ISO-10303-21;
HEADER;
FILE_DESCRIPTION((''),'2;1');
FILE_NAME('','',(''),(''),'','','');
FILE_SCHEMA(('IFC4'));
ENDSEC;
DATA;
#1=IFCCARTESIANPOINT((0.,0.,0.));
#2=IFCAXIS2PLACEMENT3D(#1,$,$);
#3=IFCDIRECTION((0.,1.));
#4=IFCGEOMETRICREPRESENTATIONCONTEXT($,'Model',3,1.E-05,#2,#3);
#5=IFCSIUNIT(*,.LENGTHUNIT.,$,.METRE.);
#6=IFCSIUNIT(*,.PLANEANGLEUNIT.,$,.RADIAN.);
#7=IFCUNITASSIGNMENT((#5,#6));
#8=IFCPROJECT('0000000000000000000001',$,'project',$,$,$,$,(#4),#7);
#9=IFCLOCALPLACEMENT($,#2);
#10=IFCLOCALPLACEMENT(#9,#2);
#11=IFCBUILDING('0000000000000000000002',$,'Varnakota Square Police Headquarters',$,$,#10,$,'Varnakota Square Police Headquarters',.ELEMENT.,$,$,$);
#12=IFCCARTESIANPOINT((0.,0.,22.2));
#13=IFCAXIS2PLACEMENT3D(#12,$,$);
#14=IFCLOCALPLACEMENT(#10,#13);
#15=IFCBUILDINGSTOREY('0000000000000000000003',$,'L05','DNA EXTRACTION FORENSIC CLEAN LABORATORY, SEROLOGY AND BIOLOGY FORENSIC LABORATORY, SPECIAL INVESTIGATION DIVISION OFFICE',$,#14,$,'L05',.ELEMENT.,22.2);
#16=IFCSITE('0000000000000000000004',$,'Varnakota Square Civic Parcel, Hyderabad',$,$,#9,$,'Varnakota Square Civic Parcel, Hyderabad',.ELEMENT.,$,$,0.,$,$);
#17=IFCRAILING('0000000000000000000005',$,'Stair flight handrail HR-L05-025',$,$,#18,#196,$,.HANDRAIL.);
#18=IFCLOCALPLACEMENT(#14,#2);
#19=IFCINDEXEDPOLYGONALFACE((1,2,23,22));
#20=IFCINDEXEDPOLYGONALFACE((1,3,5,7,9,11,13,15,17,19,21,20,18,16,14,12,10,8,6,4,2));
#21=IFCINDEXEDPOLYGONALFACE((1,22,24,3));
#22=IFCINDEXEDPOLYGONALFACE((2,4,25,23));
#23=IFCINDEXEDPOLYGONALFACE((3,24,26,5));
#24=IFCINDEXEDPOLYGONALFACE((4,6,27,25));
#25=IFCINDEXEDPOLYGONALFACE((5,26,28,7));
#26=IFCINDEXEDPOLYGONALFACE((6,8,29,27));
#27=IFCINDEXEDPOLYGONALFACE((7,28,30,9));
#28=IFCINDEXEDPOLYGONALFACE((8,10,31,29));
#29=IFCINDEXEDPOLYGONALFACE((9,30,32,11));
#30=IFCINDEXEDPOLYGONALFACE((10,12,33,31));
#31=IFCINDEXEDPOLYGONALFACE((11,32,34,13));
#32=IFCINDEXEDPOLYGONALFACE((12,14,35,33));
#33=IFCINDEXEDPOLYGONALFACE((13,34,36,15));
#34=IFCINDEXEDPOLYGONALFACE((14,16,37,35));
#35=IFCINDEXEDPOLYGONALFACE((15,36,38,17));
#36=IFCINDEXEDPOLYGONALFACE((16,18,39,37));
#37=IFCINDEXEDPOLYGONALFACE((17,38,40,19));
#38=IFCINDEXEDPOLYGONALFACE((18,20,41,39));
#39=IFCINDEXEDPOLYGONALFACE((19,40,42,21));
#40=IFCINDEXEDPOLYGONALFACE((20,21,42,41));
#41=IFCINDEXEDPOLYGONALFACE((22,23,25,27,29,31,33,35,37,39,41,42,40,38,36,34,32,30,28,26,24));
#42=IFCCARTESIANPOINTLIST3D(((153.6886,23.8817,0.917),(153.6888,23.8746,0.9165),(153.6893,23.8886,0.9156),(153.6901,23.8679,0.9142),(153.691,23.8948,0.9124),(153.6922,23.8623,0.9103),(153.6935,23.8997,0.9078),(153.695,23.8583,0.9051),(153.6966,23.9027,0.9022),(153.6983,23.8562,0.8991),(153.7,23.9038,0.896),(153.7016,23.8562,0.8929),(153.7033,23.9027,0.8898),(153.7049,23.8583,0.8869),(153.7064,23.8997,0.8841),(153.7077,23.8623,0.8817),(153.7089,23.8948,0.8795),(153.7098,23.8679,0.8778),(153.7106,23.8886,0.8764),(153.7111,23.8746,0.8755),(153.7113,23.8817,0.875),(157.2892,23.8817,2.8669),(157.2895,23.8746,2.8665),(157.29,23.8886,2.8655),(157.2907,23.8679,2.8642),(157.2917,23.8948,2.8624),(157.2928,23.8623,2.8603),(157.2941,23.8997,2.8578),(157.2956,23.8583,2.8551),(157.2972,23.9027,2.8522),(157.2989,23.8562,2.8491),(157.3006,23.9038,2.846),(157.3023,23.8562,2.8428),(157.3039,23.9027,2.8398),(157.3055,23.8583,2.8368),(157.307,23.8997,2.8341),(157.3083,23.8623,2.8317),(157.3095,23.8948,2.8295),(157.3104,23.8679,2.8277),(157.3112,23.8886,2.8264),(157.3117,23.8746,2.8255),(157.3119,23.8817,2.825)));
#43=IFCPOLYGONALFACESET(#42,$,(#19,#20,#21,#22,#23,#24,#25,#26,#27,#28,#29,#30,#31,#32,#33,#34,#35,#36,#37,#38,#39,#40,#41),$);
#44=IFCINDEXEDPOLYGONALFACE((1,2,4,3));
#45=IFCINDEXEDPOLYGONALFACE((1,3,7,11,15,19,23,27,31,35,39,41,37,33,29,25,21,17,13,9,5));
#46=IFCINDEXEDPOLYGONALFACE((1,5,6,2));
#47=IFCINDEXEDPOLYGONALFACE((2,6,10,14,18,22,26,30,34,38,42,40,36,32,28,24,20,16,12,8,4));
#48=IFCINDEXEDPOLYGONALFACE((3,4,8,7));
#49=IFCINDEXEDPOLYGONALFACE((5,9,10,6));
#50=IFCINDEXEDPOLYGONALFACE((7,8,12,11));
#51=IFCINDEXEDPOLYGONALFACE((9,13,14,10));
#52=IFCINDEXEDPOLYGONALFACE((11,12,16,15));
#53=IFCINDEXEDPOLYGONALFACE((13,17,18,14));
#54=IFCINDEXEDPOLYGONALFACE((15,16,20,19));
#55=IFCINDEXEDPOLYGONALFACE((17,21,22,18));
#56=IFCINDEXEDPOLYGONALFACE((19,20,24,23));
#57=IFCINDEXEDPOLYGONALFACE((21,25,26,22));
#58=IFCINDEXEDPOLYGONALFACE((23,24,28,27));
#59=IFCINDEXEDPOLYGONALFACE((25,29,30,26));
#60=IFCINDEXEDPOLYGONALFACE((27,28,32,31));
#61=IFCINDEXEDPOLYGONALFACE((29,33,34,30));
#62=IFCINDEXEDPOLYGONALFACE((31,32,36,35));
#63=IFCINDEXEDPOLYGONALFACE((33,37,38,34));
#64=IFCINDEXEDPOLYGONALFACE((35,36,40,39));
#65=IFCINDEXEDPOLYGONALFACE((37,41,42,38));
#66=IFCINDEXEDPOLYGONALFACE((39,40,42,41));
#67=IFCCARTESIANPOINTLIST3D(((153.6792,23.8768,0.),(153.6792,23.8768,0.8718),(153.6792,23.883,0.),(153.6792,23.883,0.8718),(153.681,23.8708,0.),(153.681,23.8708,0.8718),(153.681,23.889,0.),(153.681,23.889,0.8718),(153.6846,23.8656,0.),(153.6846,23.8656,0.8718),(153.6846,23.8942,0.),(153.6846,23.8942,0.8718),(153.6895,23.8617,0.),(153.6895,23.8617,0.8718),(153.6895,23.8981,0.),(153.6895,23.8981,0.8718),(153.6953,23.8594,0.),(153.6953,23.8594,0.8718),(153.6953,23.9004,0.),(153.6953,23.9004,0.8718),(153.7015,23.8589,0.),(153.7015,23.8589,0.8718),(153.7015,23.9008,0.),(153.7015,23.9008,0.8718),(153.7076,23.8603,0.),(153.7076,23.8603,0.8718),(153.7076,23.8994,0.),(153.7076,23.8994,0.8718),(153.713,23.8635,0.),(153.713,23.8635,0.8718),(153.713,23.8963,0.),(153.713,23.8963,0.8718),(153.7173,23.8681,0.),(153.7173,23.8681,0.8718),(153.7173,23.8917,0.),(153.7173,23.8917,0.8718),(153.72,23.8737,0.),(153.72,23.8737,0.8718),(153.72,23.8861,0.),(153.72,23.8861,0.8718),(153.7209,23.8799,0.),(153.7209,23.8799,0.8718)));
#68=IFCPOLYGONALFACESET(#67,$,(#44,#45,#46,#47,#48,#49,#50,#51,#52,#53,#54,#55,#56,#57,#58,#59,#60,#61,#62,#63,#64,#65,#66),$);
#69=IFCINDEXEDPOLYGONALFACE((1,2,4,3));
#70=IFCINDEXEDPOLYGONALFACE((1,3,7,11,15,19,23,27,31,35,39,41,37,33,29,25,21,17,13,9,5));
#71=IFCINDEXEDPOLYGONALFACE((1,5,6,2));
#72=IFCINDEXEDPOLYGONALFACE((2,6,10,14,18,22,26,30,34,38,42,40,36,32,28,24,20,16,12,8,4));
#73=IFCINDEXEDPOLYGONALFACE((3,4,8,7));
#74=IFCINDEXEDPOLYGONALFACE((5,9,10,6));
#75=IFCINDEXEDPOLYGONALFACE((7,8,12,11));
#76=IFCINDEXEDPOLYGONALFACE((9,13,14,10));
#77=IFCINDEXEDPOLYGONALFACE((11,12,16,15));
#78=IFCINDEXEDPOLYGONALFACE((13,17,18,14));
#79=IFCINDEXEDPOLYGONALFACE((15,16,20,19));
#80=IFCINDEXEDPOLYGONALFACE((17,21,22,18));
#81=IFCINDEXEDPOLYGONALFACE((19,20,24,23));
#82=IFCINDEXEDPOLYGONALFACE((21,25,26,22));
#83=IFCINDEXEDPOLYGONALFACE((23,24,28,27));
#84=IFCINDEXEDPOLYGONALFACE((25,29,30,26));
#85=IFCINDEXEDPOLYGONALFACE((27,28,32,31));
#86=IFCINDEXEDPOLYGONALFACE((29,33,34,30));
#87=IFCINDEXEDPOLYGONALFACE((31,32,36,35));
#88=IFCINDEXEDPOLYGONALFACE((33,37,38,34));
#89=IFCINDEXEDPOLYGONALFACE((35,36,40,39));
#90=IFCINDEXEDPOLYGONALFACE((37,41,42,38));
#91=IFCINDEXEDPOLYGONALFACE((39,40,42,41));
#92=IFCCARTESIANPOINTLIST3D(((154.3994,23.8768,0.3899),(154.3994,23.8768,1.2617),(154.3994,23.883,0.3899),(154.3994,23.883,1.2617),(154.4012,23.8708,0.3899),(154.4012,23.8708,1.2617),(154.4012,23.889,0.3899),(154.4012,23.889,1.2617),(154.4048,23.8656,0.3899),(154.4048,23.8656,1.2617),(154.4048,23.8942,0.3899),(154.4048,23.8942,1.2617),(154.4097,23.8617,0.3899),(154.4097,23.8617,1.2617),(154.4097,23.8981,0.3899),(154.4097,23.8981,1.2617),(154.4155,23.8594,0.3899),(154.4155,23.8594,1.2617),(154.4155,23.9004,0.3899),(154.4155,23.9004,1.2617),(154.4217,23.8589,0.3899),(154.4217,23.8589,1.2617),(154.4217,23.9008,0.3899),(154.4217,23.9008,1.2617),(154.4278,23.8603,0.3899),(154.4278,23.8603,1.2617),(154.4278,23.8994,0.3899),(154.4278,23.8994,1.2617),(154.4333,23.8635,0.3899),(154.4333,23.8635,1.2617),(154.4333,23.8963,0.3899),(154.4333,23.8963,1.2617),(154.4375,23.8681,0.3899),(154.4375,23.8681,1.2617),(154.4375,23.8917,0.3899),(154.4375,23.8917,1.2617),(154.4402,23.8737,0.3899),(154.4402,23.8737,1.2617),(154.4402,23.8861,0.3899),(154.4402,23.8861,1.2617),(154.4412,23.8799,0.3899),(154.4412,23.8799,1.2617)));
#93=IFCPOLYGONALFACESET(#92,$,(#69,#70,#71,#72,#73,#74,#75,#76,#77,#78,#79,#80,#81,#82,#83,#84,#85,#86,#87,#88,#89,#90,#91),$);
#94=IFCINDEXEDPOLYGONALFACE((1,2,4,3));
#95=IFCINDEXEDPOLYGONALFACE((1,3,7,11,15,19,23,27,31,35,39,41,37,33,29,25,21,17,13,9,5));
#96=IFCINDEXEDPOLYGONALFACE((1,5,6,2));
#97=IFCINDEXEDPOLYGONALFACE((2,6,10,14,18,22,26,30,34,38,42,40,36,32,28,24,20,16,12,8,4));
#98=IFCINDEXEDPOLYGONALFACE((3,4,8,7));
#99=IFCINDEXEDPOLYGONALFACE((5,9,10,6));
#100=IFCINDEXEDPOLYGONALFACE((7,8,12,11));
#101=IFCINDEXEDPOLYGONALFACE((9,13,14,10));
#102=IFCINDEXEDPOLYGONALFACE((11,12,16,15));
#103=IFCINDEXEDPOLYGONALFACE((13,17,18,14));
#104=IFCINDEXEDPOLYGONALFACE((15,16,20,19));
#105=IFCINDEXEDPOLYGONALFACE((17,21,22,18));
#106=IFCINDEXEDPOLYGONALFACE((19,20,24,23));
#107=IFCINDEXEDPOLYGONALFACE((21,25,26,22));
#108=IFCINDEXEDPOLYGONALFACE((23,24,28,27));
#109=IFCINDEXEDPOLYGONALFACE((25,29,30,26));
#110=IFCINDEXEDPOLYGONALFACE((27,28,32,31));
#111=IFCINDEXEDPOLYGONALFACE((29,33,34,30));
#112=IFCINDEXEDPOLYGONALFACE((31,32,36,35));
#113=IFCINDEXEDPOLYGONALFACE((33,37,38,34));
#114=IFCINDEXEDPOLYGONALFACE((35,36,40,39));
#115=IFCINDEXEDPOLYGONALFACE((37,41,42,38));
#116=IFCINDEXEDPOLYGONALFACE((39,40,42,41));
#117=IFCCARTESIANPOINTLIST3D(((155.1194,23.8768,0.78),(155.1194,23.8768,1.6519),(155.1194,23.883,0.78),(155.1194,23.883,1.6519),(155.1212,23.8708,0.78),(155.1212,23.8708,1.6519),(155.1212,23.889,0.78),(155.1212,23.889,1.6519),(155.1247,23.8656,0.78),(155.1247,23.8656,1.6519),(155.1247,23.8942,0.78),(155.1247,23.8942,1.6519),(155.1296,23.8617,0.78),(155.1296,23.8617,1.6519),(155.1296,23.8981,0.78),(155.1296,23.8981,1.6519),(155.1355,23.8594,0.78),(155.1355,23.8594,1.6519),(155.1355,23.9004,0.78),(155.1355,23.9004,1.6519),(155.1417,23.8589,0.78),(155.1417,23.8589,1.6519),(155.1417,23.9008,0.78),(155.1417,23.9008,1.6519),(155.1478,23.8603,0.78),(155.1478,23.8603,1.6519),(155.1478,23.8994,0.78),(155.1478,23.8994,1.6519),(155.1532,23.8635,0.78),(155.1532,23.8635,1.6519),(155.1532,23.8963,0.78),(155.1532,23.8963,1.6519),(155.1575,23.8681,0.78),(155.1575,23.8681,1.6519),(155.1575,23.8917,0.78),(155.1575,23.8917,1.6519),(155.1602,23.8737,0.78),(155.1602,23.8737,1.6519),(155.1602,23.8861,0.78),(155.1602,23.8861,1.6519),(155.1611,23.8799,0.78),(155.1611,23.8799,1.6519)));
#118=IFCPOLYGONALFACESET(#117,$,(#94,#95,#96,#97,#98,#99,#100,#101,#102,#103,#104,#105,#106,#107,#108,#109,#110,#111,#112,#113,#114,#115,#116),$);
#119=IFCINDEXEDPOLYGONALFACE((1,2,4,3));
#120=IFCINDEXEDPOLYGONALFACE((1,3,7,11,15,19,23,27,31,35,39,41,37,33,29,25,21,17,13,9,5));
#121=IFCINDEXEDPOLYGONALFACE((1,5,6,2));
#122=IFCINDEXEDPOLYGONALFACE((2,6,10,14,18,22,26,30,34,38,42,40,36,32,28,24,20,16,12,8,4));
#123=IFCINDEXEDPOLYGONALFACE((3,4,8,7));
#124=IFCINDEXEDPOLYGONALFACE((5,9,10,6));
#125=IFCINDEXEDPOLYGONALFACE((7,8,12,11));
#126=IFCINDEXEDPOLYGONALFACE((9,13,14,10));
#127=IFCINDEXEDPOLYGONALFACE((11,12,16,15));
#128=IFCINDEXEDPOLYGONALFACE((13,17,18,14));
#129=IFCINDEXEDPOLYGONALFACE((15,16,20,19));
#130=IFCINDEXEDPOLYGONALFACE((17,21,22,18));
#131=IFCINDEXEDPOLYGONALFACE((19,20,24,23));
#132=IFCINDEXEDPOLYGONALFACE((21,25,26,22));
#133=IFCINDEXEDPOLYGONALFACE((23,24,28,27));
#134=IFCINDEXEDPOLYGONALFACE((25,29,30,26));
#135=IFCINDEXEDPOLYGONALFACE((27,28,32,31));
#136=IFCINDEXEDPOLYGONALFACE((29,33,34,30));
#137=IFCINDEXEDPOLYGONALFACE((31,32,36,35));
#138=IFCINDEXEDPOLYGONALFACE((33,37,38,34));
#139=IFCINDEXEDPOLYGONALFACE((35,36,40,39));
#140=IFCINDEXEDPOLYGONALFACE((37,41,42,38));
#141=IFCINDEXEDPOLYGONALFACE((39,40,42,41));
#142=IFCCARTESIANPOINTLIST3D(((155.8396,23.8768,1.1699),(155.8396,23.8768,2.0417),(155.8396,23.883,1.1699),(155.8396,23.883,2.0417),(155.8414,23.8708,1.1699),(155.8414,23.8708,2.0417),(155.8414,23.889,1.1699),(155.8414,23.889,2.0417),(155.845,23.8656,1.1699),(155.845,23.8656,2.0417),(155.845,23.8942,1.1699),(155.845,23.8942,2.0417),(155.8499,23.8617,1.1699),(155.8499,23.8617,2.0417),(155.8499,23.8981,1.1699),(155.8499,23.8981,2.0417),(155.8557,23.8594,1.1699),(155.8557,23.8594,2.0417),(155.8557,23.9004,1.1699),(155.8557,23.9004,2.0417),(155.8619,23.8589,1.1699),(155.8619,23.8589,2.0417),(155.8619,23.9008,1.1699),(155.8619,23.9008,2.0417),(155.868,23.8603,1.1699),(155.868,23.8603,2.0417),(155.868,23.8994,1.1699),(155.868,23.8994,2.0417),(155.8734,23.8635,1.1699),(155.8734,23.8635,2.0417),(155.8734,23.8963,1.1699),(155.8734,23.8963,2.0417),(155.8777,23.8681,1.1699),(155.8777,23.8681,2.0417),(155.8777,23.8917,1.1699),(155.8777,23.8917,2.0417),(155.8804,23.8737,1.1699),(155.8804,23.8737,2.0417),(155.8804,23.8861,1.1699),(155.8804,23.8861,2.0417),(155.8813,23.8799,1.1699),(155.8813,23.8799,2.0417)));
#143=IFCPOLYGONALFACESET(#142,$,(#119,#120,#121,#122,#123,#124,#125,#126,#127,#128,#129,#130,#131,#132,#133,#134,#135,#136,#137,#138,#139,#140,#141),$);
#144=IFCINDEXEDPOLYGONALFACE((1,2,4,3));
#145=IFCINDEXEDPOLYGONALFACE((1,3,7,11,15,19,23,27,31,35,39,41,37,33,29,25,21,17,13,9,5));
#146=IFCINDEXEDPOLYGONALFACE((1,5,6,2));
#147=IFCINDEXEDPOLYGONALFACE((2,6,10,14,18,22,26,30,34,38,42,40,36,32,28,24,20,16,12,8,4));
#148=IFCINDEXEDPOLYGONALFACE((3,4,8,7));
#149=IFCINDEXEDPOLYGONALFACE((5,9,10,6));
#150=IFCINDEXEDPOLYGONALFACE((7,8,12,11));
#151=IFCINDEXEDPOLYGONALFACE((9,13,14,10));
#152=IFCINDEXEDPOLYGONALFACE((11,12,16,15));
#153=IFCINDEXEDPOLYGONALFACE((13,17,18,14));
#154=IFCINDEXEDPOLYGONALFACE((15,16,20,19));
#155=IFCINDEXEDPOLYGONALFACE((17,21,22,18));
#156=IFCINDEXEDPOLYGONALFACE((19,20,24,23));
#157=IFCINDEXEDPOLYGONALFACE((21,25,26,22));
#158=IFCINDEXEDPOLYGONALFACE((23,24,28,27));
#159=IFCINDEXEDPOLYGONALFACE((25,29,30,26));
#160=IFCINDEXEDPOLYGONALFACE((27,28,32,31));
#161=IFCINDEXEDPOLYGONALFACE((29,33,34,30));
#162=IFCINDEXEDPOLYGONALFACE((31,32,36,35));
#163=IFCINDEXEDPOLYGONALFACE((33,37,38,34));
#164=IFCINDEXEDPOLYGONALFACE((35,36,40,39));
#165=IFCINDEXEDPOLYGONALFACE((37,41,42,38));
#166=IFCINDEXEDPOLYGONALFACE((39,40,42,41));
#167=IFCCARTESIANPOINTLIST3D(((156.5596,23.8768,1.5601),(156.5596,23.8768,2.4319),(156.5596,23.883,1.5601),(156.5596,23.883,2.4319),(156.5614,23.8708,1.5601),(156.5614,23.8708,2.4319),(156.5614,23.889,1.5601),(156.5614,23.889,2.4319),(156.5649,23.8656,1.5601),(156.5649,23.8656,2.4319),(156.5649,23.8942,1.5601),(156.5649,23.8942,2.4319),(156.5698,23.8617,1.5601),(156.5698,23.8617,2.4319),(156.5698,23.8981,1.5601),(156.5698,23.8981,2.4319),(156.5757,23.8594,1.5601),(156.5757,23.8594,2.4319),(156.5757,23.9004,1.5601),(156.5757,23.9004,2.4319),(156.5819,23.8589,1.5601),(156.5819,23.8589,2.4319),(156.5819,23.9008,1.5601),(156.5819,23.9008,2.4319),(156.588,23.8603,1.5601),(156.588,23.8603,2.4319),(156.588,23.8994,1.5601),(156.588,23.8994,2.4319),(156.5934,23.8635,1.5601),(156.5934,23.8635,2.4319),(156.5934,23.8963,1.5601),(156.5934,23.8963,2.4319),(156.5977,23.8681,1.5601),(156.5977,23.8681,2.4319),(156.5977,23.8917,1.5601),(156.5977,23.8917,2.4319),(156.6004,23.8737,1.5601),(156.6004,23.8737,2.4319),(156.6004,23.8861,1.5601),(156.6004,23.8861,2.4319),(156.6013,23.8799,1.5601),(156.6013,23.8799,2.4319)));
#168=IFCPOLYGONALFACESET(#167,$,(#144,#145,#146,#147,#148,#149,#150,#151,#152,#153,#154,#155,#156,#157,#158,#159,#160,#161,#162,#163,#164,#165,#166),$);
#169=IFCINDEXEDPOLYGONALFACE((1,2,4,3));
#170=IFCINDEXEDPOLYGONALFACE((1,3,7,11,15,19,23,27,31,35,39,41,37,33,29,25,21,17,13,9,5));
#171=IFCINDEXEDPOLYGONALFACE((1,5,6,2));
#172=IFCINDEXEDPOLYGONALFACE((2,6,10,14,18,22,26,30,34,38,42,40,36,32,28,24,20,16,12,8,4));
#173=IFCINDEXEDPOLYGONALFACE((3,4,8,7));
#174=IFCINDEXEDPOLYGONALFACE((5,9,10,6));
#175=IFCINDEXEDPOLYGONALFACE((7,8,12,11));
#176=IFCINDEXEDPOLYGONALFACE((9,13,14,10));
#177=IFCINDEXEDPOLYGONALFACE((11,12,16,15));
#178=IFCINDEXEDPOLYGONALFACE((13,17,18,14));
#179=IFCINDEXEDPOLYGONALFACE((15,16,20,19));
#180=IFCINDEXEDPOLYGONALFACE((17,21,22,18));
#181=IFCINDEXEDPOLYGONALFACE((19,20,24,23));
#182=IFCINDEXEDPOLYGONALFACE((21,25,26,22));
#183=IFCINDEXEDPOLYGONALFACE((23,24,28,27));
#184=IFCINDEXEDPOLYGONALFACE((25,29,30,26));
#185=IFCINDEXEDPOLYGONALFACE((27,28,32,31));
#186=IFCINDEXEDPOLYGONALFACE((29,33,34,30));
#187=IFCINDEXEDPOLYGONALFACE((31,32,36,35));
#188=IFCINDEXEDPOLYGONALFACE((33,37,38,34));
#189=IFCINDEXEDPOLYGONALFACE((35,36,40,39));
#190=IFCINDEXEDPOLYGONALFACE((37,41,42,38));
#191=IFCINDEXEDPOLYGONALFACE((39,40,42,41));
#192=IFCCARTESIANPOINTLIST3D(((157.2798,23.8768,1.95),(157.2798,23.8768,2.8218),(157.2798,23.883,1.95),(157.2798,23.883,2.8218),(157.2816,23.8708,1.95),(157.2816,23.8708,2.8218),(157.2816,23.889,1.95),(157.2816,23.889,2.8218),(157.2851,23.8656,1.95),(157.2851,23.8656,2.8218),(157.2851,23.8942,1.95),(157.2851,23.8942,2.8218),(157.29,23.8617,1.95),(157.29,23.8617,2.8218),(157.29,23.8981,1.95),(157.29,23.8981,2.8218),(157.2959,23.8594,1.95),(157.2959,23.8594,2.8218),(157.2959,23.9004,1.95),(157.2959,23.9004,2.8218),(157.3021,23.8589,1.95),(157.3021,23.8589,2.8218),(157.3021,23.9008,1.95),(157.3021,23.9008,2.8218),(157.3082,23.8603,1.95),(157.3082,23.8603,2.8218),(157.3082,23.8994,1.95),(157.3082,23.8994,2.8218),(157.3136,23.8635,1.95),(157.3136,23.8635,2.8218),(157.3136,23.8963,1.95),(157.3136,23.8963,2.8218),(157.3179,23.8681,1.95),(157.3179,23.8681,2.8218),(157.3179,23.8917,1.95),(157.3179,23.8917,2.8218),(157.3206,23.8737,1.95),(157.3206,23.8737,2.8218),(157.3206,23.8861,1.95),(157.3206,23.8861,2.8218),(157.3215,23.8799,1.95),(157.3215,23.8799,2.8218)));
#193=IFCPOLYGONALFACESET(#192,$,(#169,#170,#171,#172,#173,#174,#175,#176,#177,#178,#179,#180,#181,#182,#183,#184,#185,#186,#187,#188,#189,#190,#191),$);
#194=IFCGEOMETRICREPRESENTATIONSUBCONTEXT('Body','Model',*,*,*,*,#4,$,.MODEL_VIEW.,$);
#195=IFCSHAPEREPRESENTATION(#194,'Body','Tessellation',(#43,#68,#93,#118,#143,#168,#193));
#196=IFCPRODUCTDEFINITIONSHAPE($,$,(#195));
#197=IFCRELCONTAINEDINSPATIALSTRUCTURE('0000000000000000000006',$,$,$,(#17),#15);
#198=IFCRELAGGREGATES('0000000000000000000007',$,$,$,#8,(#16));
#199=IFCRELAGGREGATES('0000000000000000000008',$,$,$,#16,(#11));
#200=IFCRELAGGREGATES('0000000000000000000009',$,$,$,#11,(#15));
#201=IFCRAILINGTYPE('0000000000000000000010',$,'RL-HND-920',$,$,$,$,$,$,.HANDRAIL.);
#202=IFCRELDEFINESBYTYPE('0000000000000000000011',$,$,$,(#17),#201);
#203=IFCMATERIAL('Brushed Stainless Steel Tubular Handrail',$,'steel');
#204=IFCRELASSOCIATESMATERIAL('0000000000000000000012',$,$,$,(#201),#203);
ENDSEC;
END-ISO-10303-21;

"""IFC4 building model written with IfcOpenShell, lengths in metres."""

from ifc_helpers import new_model, si_unit, direction, frame, origin, origin_2d, place, context, subcontext, project, spatial, circle, extrude, material, type_object, element, save


model = new_model("IFC4")

# Units and contexts
model_context = context("Model", 3, precision=1e-05, world=origin(), true_north=direction((0.0, 1.0)))
body_context = subcontext(model_context, "Body", "Model", "MODEL_VIEW")
ifc_project = project(units=[si_unit("LENGTHUNIT", "METRE"), si_unit("PLANEANGLEUNIT", "RADIAN")], contexts=[model_context])

# Site, building, storey
site_placement = place(None, origin())
site = spatial("IfcSite", under=ifc_project, at=site_placement, Name="Varnakota Square Civic Parcel, Hyderabad", LongName="Varnakota Square Civic Parcel, Hyderabad", CompositionType="ELEMENT", RefElevation=0.0)
building_placement = place(site_placement, origin())
building = spatial("IfcBuilding", under=site, at=building_placement, Name="Varnakota Square Police Headquarters", LongName="Varnakota Square Police Headquarters", CompositionType="ELEMENT")
storey_placement = place(building_placement, frame((0.0, 0.0, 22.2)))
storey = spatial("IfcBuildingStorey", under=building, at=storey_placement, Name="L05", Description="DNA EXTRACTION FORENSIC CLEAN LABORATORY, SEROLOGY AND BIOLOGY FORENSIC LABORATORY, SPECIAL INVESTIGATION DIVISION OFFICE", LongName="L05", CompositionType="ELEMENT", Elevation=22.2)

# Railing
ifc_material_1 = material(Name="Brushed Stainless Steel Tubular Handrail", Category="steel")
railing_type_1 = type_object("IfcRailingType", Name="RL-HND-920", PredefinedType="HANDRAIL", material=ifc_material_1)
railing_1_placement = place(storey_placement, frame((153.7, 23.8799, 0.0)))
element("IfcRailing", 1, at=railing_1_placement, inside=storey, type_object=railing_type_1, Name="Stair flight handrail HR-L05-025", PredefinedType="HANDRAIL", context=body_context, shape_type="SweptSolid", body=[
    extrude(circle(Radius=0.0239, at=origin_2d()), frame((0.0, 0.0, 0.896), z_axis=(0.879329, 0.0, 0.476214), x_axis=(0.0, 1.0, 0.0)), (0.0, 0.0, 1.0), 4.0947),
    extrude(circle(Radius=0.021, at=origin_2d()), origin(), (0.0, 0.0, 1.0), 0.8718),
    extrude(circle(Radius=0.021, at=origin_2d()), frame((0.7202, 0.0, 0.3899)), (0.0, 0.0, 1.0), 0.8718),
    extrude(circle(Radius=0.021, at=origin_2d()), frame((1.4402, 0.0, 0.78)), (0.0, 0.0, 1.0), 0.8718),
    extrude(circle(Radius=0.021, at=origin_2d()), frame((2.1604, 0.0, 1.1699)), (0.0, 0.0, 1.0), 0.8718),
    extrude(circle(Radius=0.021, at=origin_2d()), frame((2.8804, 0.0, 1.5601)), (0.0, 0.0, 1.0), 0.8718),
    extrude(circle(Radius=0.021, at=origin_2d()), frame((3.6006, 0.0, 1.95)), (0.0, 0.0, 1.0), 0.8718),
])

save(model, "model.ifc")
